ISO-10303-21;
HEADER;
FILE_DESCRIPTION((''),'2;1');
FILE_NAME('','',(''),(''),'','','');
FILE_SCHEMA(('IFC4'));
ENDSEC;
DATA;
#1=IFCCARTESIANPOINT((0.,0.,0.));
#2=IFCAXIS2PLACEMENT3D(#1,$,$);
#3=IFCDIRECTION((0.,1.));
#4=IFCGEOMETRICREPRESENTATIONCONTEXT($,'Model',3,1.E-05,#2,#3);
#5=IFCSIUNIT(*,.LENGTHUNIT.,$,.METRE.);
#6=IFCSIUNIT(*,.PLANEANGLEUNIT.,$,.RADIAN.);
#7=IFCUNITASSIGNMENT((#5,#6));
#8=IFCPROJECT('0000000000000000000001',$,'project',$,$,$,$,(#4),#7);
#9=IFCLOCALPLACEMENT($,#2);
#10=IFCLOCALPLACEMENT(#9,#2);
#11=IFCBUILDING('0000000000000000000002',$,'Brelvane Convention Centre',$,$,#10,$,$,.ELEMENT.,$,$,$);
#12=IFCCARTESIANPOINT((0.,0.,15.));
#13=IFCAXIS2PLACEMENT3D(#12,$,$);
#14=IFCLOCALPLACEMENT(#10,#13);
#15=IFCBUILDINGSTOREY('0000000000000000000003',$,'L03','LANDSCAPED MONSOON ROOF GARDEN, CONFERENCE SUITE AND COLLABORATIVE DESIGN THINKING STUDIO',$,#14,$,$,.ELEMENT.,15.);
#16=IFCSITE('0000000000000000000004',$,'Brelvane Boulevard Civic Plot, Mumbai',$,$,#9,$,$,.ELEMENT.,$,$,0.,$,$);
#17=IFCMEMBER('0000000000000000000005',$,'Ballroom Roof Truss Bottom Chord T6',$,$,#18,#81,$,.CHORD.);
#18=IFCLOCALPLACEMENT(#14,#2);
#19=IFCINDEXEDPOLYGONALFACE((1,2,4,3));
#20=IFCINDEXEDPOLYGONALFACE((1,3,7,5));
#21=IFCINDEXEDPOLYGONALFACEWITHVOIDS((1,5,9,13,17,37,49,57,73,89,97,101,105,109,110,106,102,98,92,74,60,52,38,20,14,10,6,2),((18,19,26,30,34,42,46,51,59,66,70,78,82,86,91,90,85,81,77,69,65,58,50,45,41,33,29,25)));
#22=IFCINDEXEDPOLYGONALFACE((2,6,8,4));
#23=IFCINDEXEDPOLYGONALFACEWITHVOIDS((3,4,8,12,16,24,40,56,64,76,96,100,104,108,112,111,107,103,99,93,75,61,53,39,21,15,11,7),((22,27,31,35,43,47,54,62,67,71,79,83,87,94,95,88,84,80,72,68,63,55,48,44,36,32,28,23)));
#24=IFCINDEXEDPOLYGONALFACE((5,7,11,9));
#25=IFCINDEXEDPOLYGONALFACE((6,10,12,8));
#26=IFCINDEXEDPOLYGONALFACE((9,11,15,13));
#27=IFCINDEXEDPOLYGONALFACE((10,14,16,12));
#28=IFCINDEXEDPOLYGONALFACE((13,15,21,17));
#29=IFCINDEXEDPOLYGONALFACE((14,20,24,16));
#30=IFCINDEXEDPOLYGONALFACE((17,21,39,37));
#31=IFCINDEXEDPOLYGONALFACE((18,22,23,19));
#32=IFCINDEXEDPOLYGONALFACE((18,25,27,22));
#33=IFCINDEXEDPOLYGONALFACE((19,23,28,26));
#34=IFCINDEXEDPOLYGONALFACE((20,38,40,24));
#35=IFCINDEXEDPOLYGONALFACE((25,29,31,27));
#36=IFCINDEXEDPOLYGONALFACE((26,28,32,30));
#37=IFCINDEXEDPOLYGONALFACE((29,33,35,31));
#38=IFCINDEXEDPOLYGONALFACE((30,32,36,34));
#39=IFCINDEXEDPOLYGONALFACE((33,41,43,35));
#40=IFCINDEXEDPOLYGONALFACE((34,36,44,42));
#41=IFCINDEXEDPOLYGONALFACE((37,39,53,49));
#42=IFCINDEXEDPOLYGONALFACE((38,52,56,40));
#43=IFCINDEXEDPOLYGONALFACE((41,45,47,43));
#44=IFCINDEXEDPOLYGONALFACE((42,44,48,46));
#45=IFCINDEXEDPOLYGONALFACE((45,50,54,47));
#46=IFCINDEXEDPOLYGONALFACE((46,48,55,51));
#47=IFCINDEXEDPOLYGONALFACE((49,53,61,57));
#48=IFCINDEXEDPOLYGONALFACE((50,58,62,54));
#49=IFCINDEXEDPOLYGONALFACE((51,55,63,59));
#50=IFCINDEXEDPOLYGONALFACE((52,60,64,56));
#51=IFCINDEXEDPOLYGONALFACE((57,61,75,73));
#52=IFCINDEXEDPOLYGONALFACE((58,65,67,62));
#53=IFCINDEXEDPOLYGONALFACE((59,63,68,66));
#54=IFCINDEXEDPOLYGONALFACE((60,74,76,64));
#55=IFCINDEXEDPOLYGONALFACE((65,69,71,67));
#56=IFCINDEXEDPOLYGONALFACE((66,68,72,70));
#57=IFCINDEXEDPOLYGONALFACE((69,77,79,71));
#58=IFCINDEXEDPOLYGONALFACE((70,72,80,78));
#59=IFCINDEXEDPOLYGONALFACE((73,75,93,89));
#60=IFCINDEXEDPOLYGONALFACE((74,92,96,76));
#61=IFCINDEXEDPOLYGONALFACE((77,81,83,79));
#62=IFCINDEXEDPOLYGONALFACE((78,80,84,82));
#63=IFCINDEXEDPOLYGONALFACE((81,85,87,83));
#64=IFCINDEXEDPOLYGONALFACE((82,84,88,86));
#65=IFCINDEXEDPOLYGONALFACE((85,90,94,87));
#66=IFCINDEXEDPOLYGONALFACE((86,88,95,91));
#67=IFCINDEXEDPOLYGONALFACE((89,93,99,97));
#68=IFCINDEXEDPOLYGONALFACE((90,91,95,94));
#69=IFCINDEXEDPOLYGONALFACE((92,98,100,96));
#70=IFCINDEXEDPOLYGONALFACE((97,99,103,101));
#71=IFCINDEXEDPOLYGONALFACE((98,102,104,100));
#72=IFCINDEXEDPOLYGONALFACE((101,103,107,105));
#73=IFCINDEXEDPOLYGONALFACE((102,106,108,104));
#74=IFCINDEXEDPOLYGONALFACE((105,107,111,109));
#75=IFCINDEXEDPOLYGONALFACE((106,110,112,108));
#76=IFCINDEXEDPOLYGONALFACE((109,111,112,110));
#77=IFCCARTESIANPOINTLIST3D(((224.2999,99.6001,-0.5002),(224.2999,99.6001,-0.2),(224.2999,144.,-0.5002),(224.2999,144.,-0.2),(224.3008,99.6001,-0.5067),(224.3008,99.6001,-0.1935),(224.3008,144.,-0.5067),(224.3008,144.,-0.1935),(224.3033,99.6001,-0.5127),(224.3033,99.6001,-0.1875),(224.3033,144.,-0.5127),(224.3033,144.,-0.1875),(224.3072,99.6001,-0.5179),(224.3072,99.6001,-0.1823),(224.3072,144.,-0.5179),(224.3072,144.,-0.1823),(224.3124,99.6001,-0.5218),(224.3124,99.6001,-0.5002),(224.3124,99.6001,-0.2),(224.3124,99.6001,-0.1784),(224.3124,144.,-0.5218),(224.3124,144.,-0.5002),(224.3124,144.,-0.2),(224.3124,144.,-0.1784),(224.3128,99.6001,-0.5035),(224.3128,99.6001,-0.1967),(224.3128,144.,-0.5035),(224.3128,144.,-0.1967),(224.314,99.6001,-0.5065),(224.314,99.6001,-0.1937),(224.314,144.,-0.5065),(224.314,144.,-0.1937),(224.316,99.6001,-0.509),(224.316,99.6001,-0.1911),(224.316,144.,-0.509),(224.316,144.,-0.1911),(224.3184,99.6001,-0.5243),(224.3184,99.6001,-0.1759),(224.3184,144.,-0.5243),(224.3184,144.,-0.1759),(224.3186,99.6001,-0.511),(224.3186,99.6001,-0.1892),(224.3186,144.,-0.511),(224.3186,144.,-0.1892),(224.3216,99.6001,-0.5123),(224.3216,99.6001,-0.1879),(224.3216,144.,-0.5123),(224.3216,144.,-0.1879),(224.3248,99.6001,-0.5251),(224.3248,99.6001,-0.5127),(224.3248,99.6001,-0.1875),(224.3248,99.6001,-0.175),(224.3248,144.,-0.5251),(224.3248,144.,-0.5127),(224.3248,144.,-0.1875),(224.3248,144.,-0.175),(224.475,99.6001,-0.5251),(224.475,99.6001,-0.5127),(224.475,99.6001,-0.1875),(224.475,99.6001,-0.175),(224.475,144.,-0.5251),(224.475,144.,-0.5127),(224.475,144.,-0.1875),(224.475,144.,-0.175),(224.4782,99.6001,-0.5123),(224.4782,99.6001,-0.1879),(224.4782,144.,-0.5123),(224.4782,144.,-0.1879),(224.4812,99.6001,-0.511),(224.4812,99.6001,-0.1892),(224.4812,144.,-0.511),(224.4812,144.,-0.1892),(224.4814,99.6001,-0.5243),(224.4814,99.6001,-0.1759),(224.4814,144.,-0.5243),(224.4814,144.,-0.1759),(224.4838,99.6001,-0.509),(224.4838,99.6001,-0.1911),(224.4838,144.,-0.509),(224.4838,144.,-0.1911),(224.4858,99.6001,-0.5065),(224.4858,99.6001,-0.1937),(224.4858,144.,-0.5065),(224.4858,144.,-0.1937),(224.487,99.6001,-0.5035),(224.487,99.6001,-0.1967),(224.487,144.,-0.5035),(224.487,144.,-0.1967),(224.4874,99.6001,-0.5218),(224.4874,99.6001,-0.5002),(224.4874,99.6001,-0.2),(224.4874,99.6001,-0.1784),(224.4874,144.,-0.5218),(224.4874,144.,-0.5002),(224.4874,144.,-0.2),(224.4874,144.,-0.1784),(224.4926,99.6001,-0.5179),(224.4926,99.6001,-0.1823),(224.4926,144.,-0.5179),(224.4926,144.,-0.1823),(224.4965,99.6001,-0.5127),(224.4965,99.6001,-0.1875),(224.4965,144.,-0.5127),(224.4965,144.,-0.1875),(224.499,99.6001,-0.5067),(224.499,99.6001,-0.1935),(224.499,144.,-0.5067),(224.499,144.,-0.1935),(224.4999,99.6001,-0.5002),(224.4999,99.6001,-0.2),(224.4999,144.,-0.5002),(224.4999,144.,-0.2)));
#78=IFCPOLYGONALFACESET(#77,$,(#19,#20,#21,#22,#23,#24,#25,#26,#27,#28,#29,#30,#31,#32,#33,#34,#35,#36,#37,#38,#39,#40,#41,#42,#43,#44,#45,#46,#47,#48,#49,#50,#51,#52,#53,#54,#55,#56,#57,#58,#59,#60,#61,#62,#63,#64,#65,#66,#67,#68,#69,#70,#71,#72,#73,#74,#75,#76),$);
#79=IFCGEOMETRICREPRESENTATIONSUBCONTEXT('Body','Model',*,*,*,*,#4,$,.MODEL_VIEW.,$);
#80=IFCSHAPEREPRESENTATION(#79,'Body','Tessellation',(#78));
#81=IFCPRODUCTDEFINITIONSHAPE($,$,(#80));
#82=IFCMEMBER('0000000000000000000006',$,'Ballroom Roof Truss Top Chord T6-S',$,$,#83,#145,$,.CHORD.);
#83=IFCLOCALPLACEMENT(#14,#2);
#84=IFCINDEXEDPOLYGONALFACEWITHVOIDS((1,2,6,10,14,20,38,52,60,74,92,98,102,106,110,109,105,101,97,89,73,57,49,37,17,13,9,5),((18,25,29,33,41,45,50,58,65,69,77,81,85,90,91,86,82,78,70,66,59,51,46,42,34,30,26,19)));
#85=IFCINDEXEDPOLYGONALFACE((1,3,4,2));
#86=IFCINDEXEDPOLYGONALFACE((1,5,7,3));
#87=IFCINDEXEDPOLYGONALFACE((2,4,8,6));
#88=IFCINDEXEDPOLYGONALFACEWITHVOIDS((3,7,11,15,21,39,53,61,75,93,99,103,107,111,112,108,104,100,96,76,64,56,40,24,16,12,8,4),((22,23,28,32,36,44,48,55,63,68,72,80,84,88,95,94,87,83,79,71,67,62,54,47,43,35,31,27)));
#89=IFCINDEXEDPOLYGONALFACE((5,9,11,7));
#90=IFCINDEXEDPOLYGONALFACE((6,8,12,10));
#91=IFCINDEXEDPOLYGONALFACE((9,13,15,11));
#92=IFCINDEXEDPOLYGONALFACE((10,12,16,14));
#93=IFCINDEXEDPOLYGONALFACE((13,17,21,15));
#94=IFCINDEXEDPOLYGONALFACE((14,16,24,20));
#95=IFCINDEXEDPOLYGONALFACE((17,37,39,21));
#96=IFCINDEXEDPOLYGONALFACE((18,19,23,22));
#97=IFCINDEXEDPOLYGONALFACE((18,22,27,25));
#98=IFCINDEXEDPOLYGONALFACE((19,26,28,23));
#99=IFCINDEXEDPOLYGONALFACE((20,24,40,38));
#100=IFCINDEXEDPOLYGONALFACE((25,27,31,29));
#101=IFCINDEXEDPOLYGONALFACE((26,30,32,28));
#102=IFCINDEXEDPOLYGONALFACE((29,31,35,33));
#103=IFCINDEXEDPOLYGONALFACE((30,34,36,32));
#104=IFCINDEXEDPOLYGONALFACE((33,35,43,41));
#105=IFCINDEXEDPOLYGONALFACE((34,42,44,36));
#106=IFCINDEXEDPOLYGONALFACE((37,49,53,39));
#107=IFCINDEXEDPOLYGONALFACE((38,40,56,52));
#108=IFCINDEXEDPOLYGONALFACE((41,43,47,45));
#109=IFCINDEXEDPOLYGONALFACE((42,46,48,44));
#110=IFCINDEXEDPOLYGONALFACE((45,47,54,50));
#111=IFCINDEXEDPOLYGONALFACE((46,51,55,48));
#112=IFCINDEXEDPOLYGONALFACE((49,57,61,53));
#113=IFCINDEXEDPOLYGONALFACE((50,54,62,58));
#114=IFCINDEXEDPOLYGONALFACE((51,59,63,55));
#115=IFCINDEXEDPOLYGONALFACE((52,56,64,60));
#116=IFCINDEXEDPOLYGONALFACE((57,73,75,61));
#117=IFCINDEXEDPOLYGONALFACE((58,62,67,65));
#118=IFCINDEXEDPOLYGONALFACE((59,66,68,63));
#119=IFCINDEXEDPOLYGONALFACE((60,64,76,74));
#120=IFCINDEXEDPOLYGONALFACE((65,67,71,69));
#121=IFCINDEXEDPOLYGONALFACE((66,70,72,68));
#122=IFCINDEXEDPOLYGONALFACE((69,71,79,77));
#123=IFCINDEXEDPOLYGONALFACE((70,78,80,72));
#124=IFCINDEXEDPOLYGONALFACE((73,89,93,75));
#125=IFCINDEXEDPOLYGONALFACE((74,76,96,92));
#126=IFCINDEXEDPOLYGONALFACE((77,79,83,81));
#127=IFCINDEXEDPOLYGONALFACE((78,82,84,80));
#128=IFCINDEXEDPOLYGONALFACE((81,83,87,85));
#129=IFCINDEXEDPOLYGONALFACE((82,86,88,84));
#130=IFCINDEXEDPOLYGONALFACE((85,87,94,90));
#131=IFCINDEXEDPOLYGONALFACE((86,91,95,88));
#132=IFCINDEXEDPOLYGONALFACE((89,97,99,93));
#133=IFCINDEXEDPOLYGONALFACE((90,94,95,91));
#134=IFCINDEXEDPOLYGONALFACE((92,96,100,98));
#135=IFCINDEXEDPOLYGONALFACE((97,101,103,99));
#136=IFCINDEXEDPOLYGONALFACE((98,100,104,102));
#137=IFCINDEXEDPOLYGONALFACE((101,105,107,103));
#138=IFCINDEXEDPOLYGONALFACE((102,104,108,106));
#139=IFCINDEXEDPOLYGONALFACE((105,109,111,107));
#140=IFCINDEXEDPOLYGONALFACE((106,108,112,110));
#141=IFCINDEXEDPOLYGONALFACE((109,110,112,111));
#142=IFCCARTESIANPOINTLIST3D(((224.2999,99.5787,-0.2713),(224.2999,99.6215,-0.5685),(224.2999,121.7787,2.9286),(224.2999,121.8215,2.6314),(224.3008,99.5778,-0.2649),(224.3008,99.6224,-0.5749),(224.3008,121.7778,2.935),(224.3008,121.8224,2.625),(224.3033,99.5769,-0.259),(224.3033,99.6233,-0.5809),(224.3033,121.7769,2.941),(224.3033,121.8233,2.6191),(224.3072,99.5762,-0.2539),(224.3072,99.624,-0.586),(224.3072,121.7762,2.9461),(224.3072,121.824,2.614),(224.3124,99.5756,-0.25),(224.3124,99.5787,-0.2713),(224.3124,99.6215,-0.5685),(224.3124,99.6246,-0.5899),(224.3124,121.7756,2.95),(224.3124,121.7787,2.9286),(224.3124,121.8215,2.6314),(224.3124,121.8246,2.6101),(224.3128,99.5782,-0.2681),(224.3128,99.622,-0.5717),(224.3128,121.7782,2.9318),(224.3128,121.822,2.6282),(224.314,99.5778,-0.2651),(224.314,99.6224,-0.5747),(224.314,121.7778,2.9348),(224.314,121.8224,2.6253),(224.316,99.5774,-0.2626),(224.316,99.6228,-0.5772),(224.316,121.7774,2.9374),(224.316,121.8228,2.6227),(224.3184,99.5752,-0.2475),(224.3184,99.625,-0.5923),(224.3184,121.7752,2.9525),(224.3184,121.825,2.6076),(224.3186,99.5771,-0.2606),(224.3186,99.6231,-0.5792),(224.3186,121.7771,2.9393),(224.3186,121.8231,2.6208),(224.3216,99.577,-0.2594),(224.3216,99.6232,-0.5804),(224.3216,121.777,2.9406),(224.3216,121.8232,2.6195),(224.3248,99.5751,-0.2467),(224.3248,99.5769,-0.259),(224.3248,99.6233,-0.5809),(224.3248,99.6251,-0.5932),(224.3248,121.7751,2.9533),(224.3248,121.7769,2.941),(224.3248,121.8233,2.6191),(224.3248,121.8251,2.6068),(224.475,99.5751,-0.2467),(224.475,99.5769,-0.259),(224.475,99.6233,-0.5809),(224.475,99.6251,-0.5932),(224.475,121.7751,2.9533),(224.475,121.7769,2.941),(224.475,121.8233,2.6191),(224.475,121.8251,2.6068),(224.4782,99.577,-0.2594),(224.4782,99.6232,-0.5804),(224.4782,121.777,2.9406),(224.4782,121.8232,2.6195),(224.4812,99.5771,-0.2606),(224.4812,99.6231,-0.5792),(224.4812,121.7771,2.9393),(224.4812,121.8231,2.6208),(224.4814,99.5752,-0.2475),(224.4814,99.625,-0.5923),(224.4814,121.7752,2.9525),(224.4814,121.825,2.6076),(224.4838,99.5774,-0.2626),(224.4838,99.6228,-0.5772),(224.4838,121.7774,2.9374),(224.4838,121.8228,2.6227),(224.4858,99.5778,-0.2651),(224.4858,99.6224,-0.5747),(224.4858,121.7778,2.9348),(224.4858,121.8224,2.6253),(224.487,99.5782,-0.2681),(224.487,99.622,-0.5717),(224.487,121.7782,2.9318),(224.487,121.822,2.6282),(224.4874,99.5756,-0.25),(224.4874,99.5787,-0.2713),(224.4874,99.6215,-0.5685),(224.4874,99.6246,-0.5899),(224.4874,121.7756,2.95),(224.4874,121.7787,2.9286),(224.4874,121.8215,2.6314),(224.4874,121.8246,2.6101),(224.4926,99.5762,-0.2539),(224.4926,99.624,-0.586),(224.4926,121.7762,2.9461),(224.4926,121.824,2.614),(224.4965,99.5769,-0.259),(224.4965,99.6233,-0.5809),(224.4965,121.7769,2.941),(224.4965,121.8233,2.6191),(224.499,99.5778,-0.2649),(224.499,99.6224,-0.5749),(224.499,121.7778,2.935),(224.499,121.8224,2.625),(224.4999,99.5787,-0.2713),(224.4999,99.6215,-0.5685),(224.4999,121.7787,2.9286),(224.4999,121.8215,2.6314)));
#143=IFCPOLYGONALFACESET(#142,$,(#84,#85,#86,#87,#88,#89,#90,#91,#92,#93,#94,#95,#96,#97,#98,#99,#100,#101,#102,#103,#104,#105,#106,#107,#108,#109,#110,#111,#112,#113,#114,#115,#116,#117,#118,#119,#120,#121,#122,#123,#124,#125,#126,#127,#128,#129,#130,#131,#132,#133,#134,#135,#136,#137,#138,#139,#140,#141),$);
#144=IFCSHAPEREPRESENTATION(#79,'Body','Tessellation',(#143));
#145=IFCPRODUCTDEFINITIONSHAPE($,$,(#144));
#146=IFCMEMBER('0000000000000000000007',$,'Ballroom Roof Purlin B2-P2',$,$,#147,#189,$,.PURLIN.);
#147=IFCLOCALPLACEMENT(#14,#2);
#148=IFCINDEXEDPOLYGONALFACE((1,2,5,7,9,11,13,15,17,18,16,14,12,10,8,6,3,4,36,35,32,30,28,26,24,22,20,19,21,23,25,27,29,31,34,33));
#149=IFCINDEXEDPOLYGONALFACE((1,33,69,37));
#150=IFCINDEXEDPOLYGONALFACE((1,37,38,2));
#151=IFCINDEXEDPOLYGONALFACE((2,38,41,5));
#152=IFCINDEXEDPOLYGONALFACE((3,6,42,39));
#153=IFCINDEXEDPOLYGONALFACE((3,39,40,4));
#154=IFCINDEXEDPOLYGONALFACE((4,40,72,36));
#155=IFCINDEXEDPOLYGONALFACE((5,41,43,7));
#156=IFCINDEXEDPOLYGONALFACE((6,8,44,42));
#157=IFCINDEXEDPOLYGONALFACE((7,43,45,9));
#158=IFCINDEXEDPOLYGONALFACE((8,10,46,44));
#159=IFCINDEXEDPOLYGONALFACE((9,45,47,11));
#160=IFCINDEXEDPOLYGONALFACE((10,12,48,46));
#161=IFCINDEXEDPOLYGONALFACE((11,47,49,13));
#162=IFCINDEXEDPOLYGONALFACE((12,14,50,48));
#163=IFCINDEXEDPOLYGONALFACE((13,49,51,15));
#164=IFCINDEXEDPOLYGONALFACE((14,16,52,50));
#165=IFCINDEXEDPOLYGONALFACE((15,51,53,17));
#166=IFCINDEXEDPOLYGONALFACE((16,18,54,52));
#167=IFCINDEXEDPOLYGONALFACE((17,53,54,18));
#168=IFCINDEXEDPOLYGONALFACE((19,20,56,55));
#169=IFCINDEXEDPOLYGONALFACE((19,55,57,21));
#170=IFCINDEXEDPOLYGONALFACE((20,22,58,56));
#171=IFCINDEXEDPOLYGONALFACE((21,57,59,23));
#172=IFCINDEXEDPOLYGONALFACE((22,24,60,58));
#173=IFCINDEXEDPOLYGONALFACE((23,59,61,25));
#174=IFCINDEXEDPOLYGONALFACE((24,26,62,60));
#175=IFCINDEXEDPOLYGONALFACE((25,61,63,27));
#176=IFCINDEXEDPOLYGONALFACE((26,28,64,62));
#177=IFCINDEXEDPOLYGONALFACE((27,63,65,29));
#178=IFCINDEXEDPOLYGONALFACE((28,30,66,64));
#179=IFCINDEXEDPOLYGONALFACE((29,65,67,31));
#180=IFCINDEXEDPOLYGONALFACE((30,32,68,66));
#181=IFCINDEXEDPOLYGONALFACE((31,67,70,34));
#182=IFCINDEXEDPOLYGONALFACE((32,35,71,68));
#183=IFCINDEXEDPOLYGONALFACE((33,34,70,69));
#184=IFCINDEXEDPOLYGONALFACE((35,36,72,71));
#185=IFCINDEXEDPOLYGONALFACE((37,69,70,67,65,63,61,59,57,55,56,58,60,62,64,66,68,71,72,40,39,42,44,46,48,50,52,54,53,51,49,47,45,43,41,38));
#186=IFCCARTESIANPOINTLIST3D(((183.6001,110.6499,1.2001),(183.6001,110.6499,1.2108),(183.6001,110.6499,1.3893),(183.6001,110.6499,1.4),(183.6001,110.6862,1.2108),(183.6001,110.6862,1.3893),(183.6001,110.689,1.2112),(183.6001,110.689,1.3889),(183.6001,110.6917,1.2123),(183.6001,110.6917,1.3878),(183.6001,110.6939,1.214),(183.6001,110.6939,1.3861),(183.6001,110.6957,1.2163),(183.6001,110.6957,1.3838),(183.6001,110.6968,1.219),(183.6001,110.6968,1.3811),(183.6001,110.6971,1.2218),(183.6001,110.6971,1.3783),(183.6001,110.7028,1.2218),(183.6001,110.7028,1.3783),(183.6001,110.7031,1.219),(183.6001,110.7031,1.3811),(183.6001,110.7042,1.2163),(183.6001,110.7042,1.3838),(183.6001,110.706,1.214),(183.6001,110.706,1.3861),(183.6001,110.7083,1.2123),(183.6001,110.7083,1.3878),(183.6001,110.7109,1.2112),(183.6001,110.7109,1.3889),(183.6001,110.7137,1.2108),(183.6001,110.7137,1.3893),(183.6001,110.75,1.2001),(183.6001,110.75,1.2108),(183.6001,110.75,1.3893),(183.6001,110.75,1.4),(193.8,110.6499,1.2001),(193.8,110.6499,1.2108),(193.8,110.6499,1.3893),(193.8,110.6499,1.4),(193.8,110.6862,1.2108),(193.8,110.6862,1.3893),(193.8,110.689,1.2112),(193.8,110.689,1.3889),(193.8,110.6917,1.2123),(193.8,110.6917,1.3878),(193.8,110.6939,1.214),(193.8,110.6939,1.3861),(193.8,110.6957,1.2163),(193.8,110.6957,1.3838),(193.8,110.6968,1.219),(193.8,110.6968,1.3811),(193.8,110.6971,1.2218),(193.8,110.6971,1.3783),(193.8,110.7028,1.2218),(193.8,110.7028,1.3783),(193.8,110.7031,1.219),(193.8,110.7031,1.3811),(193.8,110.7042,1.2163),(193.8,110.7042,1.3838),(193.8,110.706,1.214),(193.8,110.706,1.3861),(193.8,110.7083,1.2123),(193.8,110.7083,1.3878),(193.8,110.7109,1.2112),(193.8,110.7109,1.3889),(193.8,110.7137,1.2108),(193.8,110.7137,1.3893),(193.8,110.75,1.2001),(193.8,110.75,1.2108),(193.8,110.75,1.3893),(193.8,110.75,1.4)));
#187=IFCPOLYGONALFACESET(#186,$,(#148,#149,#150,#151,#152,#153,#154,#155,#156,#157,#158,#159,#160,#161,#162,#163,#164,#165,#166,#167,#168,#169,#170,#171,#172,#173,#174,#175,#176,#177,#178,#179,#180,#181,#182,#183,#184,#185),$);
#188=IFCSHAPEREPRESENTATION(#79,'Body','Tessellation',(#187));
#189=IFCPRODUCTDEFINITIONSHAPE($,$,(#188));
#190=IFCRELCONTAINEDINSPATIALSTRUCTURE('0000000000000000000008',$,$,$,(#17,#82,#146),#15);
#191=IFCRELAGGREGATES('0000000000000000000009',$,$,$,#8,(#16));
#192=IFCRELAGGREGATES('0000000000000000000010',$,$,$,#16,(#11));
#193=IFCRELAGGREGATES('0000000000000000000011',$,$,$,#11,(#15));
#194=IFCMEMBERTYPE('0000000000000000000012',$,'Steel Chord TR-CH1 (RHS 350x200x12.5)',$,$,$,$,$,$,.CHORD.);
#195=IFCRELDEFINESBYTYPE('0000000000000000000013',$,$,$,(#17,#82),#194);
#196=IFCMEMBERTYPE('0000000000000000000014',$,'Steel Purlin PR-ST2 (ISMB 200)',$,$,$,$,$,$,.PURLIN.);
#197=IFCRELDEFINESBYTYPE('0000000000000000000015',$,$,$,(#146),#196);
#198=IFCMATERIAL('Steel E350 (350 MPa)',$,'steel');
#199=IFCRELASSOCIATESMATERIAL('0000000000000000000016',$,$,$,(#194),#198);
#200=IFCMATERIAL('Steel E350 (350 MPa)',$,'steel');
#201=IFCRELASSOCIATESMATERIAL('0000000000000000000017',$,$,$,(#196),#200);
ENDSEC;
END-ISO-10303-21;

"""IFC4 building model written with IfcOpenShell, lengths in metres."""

from ifc_helpers import new_model, si_unit, direction, frame, origin, origin_2d, place, context, subcontext, project, spatial, hollow_rectangle, i_section, extrude, material, material_profile, profile_set, type_object, element, save


model = new_model("IFC4")

# Units and contexts
model_context = context("Model", 3, precision=1e-05, world=origin(), true_north=direction((0.0, 1.0)))
body_context = subcontext(model_context, "Body", "Model", "MODEL_VIEW")
ifc_project = project(units=[si_unit("LENGTHUNIT", "METRE"), si_unit("PLANEANGLEUNIT", "RADIAN")], contexts=[model_context])

# Site, building, storey
site_placement = place(None, origin())
site = spatial("IfcSite", under=ifc_project, at=site_placement, Name="Brelvane Boulevard Civic Plot, Mumbai", CompositionType="ELEMENT", RefElevation=0.0)
building_placement = place(site_placement, origin())
building = spatial("IfcBuilding", under=site, at=building_placement, Name="Brelvane Convention Centre", CompositionType="ELEMENT")
storey_placement = place(building_placement, frame((0.0, 0.0, 15.0)))
storey = spatial("IfcBuildingStorey", under=building, at=storey_placement, Name="L03", Description="LANDSCAPED MONSOON ROOF GARDEN, CONFERENCE SUITE AND COLLABORATIVE DESIGN THINKING STUDIO", CompositionType="ELEMENT", Elevation=15.0)

# Members
ifc_material_1 = material(Name="Steel E350 (350 MPa)", Category="steel")
ifc_material_profile_1 = material_profile(ifc_material_1, hollow_rectangle(XDim=0.2, YDim=0.3501, WallThickness=0.0125, InnerFilletRadius=0.0125, OuterFilletRadius=0.0249, at=origin_2d()), Name="RHS 350x200x12.5")
ifc_profile_set_1 = profile_set([ifc_material_profile_1], Name="Steel E350 (350 MPa)")
member_type_1 = type_object("IfcMemberType", Name="Steel Chord TR-CH1 (RHS 350x200x12.5)", PredefinedType="CHORD", material=ifc_profile_set_1)
member_1_placement = place(storey_placement, frame((224.3999, 99.6001, -0.3501), z_axis=(0.0, 1.0, 0.0), x_axis=(-1.0, 0.0, 0.0)))
element("IfcMember", 1, at=member_1_placement, inside=storey, type_object=member_type_1, Name="Ballroom Roof Truss Bottom Chord T6", PredefinedType="CHORD", context=body_context, shape_type="SweptSolid", body=[
    extrude(hollow_rectangle(XDim=0.2, YDim=0.3501, WallThickness=0.0125, InnerFilletRadius=0.0125, OuterFilletRadius=0.0249, at=origin_2d()), origin(), (0.0, 0.0, 1.0), 44.3999),
])
member_2_placement = place(storey_placement, frame((224.3999, 99.6001, -0.4199), z_axis=(0.0, 0.989771, 0.142668), x_axis=(-1.0, 0.0, 0.0)))
element("IfcMember", 2, at=member_2_placement, inside=storey, type_object=member_type_1, Name="Ballroom Roof Truss Top Chord T6-S", PredefinedType="CHORD", context=body_context, shape_type="SweptSolid", body=[
    extrude(hollow_rectangle(XDim=0.2, YDim=0.3501, WallThickness=0.0125, InnerFilletRadius=0.0125, OuterFilletRadius=0.0249, at=origin_2d()), origin(), (0.0, 0.0, 1.0), 22.4294),
])
ifc_material_2 = material(Name="Steel E350 (350 MPa)", Category="steel")
ifc_material_profile_2 = material_profile(ifc_material_2, i_section(OverallWidth=0.1001, OverallDepth=0.2, WebThickness=0.0056, FlangeThickness=0.0107, FilletRadius=0.011, at=origin_2d()), Name="ISMB 200")
ifc_profile_set_2 = profile_set([ifc_material_profile_2], Name="Steel E350 (350 MPa)")
member_type_2 = type_object("IfcMemberType", Name="Steel Purlin PR-ST2 (ISMB 200)", PredefinedType="PURLIN", material=ifc_profile_set_2)
for number, where, z_axis, x_axis, name in (
    (3, (183.6001, 110.7, 1.3), (1.0, 0.0, 0.0), (0.0, 1.0, 0.0), "Ballroom Roof Purlin B2-P2"),
):
    element("IfcMember", number, at=place(storey_placement, frame(where, z_axis=z_axis, x_axis=x_axis)), inside=storey, type_object=member_type_2, Name=name, PredefinedType="PURLIN", context=body_context, shape_type="SweptSolid", body=[
        extrude(i_section(OverallWidth=0.1001, OverallDepth=0.2, WebThickness=0.0056, FlangeThickness=0.0107, FilletRadius=0.011, at=origin_2d()), origin(), (0.0, 0.0, 1.0), 10.2),
    ])

save(model, "model.ifc")
